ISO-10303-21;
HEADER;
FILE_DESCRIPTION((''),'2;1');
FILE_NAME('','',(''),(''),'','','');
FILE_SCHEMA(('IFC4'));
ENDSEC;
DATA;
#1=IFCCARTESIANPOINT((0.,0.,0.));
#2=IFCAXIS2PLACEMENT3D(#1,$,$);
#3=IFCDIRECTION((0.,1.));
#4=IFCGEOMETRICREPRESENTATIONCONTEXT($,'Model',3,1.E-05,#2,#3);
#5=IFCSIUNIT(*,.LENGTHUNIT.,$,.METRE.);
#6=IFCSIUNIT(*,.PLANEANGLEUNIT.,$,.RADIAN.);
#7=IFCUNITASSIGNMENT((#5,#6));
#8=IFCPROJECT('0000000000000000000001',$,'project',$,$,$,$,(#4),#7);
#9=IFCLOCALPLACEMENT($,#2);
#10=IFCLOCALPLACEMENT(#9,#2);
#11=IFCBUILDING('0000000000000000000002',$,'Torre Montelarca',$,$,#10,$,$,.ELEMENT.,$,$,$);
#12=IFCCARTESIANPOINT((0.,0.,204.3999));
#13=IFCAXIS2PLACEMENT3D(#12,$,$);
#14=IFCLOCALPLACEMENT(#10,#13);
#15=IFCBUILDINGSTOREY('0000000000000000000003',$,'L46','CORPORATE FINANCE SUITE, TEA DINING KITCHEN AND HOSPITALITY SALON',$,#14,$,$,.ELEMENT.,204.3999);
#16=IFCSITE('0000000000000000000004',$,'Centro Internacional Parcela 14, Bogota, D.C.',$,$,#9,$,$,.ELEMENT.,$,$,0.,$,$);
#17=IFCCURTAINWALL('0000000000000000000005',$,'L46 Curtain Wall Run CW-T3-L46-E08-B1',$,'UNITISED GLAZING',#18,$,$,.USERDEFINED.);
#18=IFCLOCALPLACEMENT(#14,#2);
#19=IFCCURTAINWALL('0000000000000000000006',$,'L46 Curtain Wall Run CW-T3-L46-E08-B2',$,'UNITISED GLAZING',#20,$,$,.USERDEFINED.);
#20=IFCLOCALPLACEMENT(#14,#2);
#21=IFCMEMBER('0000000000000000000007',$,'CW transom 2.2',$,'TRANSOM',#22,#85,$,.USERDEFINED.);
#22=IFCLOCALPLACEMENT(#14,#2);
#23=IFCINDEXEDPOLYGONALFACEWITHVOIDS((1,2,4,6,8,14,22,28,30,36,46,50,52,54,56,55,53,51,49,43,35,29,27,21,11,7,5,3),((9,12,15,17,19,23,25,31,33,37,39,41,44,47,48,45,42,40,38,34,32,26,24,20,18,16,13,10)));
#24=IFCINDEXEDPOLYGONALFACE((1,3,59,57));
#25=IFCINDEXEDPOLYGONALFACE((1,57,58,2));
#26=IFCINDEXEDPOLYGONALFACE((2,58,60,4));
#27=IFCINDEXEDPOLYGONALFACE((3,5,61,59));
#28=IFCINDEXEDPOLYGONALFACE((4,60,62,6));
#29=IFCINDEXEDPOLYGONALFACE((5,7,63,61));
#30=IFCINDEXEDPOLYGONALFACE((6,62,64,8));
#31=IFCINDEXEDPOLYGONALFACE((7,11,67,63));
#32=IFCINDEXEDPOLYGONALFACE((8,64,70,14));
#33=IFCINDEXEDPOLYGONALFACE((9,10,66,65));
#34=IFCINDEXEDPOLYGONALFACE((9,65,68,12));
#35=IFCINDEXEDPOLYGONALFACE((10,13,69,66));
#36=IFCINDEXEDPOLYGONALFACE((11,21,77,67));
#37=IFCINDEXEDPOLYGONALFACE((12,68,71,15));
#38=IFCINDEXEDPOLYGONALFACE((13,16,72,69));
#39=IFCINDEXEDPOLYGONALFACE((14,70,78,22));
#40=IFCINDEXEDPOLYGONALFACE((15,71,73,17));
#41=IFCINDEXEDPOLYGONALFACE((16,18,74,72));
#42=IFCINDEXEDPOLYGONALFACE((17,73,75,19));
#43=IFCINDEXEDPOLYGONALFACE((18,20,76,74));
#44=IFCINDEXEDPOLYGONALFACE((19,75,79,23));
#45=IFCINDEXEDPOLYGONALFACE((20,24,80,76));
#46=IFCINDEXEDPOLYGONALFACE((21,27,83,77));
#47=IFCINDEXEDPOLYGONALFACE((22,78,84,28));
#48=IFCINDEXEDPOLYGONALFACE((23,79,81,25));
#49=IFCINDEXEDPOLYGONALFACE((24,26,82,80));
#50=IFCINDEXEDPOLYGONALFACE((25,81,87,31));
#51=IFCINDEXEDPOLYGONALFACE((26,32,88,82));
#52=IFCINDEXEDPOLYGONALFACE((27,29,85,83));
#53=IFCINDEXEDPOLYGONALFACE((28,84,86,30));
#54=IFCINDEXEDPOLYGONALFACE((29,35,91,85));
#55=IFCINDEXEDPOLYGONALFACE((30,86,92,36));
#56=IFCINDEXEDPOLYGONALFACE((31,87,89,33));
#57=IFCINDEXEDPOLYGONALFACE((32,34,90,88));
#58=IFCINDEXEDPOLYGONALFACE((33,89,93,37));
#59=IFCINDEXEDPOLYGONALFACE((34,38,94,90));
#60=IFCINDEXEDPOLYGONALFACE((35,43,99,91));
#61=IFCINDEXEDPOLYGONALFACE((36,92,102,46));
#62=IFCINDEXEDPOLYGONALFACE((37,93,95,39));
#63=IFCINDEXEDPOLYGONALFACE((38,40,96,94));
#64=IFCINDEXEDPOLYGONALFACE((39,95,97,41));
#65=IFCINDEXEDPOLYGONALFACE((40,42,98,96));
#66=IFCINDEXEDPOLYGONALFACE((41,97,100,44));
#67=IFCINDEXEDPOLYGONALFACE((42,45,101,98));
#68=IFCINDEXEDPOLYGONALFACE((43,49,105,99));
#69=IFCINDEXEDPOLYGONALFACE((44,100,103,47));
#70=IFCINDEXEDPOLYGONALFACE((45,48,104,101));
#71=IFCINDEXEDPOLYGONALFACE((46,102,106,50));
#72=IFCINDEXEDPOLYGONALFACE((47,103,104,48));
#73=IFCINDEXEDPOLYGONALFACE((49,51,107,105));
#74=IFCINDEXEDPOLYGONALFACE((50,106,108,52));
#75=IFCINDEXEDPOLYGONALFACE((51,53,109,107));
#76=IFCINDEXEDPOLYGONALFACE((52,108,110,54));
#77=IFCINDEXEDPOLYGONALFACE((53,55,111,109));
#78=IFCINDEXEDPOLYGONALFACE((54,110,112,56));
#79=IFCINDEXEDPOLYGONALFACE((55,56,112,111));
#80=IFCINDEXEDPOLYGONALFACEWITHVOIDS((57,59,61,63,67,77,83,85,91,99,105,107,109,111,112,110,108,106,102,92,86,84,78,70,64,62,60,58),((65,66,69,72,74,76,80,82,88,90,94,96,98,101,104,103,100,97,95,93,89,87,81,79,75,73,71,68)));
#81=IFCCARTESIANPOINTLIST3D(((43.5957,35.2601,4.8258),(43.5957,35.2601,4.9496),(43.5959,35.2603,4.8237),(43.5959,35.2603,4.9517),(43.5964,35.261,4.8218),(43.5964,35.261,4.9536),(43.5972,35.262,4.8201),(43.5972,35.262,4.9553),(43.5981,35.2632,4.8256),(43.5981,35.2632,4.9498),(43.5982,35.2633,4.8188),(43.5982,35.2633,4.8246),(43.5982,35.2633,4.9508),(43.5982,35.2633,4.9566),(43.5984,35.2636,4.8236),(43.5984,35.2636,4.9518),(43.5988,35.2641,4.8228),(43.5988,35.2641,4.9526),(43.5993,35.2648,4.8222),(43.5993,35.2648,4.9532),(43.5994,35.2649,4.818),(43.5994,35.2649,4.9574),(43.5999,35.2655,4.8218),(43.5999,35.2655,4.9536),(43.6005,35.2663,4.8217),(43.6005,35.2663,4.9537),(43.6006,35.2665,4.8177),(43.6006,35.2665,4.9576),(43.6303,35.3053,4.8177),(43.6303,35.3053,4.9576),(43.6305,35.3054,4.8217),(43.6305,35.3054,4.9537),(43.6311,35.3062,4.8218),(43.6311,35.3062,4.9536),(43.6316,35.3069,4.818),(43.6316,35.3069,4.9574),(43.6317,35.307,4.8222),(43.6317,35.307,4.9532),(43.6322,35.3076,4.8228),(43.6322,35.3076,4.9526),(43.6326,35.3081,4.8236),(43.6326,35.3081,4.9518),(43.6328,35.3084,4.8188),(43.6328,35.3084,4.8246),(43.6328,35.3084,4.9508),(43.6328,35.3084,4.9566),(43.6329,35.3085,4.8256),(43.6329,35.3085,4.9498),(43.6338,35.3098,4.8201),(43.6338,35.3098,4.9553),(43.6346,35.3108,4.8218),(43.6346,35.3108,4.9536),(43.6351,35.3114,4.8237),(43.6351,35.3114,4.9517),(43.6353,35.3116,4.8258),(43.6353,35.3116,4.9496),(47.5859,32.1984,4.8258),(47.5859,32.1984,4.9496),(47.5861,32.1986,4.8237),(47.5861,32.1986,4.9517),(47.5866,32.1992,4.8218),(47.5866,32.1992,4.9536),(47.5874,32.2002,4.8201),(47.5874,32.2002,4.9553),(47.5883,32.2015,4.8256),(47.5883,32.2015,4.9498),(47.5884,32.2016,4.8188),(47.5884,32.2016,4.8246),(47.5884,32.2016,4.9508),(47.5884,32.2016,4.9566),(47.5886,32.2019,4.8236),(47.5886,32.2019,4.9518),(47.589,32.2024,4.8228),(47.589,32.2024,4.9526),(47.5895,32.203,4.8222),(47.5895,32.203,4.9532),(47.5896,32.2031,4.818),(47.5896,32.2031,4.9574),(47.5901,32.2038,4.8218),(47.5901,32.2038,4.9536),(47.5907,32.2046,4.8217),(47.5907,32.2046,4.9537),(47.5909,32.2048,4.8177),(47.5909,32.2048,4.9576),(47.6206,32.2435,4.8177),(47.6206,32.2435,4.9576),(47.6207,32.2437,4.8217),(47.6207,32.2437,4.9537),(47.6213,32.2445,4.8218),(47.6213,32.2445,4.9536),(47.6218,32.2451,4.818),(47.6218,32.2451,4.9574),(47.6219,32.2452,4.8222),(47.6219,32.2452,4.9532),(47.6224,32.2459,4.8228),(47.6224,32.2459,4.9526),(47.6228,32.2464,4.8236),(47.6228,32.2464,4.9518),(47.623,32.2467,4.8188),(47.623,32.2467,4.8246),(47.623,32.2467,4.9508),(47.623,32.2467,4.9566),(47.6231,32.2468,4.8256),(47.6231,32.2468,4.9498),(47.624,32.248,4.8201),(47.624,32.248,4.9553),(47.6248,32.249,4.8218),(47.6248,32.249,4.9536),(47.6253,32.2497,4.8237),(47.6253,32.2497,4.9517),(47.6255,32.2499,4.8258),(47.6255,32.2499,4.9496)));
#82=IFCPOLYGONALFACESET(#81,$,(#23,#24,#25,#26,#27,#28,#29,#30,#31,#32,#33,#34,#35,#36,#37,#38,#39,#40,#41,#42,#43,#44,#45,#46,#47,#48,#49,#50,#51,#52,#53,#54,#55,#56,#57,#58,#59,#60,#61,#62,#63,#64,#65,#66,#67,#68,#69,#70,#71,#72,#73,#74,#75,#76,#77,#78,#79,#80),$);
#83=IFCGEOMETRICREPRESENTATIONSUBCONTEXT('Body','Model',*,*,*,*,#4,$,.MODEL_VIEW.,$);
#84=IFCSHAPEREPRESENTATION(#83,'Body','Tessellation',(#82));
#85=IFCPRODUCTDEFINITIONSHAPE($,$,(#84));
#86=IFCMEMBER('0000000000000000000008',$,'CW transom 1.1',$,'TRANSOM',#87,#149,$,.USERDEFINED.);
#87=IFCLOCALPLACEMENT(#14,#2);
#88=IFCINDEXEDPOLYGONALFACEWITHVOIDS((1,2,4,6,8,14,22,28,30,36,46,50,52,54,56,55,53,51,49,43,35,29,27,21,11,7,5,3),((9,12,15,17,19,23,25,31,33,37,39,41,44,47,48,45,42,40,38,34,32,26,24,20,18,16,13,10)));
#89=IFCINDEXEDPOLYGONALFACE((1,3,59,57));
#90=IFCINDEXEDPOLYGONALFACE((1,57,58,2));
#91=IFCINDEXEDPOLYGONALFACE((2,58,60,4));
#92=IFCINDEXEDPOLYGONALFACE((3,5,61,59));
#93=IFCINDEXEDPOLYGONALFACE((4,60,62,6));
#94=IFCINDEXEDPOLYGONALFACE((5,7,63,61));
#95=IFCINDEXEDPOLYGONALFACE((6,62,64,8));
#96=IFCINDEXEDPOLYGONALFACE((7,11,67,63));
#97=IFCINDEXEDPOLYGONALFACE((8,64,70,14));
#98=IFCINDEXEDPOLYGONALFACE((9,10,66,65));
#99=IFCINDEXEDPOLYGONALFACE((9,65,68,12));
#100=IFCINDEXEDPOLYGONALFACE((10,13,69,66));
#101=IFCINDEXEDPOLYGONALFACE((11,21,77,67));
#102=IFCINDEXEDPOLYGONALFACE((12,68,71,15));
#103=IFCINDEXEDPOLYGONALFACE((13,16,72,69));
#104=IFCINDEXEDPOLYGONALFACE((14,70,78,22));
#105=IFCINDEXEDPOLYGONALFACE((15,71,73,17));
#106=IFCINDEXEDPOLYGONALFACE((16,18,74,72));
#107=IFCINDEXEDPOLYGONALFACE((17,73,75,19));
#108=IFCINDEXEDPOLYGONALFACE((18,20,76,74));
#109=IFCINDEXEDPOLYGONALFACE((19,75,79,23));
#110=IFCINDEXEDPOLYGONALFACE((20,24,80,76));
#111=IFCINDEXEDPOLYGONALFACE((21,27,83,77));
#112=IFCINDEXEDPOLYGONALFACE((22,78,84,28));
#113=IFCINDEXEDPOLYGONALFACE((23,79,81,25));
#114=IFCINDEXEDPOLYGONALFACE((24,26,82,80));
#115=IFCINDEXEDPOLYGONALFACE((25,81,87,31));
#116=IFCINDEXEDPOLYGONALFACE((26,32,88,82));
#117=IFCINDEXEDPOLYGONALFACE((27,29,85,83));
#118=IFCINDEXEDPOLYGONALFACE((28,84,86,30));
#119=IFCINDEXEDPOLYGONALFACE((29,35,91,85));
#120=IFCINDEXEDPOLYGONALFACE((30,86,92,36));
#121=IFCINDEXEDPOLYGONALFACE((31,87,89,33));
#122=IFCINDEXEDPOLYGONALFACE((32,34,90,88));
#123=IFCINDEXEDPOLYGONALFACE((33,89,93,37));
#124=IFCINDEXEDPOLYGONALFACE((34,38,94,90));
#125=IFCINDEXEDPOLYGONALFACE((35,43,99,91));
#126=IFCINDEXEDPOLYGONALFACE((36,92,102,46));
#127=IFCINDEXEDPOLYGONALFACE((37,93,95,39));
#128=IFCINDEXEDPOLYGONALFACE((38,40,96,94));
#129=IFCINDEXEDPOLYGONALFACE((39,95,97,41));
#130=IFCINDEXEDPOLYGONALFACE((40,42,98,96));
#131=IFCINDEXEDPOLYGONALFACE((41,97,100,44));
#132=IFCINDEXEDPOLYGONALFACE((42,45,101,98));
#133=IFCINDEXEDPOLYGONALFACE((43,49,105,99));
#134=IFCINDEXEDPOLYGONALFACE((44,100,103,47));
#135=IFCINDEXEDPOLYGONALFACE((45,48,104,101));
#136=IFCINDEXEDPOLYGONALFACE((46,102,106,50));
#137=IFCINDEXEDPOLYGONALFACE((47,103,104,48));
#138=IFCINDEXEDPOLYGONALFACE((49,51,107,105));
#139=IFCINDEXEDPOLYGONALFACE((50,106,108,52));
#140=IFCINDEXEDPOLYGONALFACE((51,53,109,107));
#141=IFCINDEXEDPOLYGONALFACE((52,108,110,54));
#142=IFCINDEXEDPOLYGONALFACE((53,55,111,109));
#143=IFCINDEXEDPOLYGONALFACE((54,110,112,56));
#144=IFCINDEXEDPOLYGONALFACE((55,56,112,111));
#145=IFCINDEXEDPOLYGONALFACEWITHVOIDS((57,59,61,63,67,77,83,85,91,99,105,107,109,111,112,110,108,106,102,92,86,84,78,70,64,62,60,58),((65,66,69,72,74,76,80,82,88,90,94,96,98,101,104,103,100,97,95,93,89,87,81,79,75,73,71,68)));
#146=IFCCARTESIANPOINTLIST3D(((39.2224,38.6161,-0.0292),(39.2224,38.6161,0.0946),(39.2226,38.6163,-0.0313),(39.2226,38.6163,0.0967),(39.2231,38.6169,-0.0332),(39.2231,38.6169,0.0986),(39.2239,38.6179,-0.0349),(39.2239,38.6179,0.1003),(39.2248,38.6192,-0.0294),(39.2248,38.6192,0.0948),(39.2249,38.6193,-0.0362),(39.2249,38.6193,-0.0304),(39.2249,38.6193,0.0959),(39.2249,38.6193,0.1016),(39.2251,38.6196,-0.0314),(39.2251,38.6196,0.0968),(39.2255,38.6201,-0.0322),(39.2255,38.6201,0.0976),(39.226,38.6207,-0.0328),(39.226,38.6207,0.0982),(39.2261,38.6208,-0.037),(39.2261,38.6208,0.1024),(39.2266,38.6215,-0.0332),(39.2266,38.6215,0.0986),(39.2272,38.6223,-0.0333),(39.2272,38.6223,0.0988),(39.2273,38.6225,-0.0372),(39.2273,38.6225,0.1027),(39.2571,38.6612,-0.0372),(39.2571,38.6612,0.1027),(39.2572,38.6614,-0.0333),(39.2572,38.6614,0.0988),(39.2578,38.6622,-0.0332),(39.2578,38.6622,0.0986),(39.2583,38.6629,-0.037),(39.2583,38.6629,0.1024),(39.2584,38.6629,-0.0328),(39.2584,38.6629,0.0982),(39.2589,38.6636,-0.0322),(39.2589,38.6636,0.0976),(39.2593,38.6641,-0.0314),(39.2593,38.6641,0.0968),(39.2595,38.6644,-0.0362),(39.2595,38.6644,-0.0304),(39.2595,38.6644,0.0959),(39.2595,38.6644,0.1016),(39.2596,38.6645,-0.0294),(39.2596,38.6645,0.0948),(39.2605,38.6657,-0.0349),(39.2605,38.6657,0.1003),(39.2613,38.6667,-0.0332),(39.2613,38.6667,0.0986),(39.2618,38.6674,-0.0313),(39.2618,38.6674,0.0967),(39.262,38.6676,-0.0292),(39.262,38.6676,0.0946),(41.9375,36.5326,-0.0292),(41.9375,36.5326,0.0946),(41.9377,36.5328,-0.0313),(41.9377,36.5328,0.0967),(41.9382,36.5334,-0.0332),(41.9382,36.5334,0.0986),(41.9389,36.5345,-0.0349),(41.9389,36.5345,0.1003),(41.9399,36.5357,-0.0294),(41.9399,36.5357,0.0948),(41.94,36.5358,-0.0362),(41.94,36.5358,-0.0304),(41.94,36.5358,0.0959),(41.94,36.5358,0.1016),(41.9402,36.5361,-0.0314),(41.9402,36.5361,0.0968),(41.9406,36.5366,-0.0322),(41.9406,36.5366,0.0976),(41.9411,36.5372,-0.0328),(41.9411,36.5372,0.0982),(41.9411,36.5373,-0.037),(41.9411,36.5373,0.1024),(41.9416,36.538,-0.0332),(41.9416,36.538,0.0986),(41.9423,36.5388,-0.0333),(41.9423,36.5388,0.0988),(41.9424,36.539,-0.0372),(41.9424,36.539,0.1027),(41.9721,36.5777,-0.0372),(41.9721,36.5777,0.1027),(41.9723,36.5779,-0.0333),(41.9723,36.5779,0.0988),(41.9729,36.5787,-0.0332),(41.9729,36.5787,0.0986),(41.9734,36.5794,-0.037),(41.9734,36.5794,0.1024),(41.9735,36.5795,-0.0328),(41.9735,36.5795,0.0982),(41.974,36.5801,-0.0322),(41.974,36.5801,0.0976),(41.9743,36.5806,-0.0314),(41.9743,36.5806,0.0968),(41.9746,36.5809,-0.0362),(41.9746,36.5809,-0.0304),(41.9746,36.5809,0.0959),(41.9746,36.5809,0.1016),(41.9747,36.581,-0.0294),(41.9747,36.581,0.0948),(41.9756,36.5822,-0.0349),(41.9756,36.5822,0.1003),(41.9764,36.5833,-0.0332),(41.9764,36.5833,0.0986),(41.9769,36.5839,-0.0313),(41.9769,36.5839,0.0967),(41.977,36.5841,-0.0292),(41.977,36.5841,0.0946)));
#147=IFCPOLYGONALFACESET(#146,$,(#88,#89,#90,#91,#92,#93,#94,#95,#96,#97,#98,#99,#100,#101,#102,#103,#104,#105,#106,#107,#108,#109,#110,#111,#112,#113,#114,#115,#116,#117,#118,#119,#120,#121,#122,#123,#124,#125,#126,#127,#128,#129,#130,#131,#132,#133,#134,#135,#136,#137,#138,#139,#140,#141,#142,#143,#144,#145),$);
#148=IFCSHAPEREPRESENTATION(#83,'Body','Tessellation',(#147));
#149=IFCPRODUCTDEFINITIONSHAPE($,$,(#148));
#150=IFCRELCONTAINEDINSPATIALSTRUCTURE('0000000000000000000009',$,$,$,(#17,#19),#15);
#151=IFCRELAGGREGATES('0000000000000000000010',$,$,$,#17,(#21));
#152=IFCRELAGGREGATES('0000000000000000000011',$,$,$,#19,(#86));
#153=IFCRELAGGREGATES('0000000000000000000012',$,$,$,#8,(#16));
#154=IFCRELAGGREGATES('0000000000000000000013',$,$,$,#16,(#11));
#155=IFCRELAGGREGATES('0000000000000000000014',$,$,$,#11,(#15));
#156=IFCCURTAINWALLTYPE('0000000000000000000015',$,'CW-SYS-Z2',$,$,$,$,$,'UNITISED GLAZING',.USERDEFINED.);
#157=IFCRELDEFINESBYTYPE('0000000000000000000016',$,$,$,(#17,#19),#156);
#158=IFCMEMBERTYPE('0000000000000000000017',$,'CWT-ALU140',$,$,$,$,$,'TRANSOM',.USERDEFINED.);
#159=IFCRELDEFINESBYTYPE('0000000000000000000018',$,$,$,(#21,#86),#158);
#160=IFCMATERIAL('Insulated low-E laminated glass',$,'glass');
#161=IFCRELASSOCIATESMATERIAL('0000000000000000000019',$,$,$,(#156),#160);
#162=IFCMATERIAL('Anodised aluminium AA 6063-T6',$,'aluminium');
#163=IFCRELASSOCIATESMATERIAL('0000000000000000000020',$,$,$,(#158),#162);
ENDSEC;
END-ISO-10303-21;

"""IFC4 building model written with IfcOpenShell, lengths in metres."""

from ifc_helpers import new_model, si_unit, direction, frame, origin, origin_2d, place, context, subcontext, project, spatial, hollow_rectangle, extrude, source, transform, mapped, material, material_profile, profile_set, type_object, element, aggregate, save


model = new_model("IFC4")

# Units and contexts
model_context = context("Model", 3, precision=1e-05, world=origin(), true_north=direction((0.0, 1.0)))
body_context = subcontext(model_context, "Body", "Model", "MODEL_VIEW")
ifc_project = project(units=[si_unit("LENGTHUNIT", "METRE"), si_unit("PLANEANGLEUNIT", "RADIAN")], contexts=[model_context])

# Site, building, storey
site_placement = place(None, origin())
site = spatial("IfcSite", under=ifc_project, at=site_placement, Name="Centro Internacional Parcela 14, Bogota, D.C.", CompositionType="ELEMENT", RefElevation=0.0)
building_placement = place(site_placement, origin())
building = spatial("IfcBuilding", under=site, at=building_placement, Name="Torre Montelarca", CompositionType="ELEMENT")
storey_placement = place(building_placement, frame((0.0, 0.0, 204.3999)))
storey = spatial("IfcBuildingStorey", under=building, at=storey_placement, Name="L46", Description="CORPORATE FINANCE SUITE, TEA DINING KITCHEN AND HOSPITALITY SALON", CompositionType="ELEMENT", Elevation=204.3999)

# Shared definitions
ifc_material_1 = material(Name="Insulated low-E laminated glass", Category="glass")
curtain_wall_type = type_object("IfcCurtainWallType", Name="CW-SYS-Z2", ElementType="UNITISED GLAZING", PredefinedType="USERDEFINED", material=ifc_material_1)
ifc_material_2 = material(Name="Anodised aluminium AA 6063-T6", Category="aluminium")

# Curtain walls
curtain_wall_1_placement = place(storey_placement, origin())
curtain_wall_1 = element("IfcCurtainWall", 1, at=curtain_wall_1_placement, inside=storey, type_object=curtain_wall_type, Name="L46 Curtain Wall Run CW-T3-L46-E08-B1", ObjectType="UNITISED GLAZING", PredefinedType="USERDEFINED")
curtain_wall_2_placement = place(storey_placement, origin())
curtain_wall_2 = element("IfcCurtainWall", 2, at=curtain_wall_2_placement, inside=storey, type_object=curtain_wall_type, Name="L46 Curtain Wall Run CW-T3-L46-E08-B2", ObjectType="UNITISED GLAZING", PredefinedType="USERDEFINED")

# Members
ifc_material_profile_1 = material_profile(ifc_material_2, hollow_rectangle(XDim=0.0649, YDim=0.1399, WallThickness=0.0039, InnerFilletRadius=0.0039, OuterFilletRadius=0.0081, at=origin_2d()), Name="ALU65X140X4", Category="aluminium")
ifc_profile_set_1 = profile_set([ifc_material_profile_1], Name="Anodised aluminium AA 6063-T6")
member_type_1 = type_object("IfcMemberType", Name="CWT-ALU140", ElementType="TRANSOM", PredefinedType="USERDEFINED", material=ifc_profile_set_1)
shared_shape_1 = source(origin(), body_context, "Body", "SweptSolid", [
    extrude(hollow_rectangle(XDim=0.0649, YDim=0.1399, WallThickness=0.0039, InnerFilletRadius=0.0039, OuterFilletRadius=0.0081, at=origin_2d()), origin(), (0.0, 0.0, 1.0), 5.0295),
])
member_1_placement = place(storey_placement, frame((47.6057, 32.2241, 4.8877), z_axis=(-0.793358, 0.608756, 0.0), x_axis=(-0.608756, -0.793358, 0.0)))
member_1 = element("IfcMember", 3, at=member_1_placement, type_object=member_type_1, Name="CW transom 2.2", ObjectType="TRANSOM", PredefinedType="USERDEFINED", context=body_context, shape_type="MappedRepresentation", body=[
    mapped(shared_shape_1, transform((0.0, 0.0, 0.0), scale=1.0)),
])
shared_shape_2 = source(origin(), body_context, "Body", "SweptSolid", [
    extrude(hollow_rectangle(XDim=0.0649, YDim=0.1399, WallThickness=0.0039, InnerFilletRadius=0.0039, OuterFilletRadius=0.0081, at=origin_2d()), origin(), (0.0, 0.0, 1.0), 3.4224),
])
member_2_placement = place(storey_placement, frame((41.9573, 36.5583, 0.0327), z_axis=(-0.793334, 0.608786, 0.0), x_axis=(-0.608786, -0.793334, 0.0)))
member_2 = element("IfcMember", 4, at=member_2_placement, type_object=member_type_1, Name="CW transom 1.1", ObjectType="TRANSOM", PredefinedType="USERDEFINED", context=body_context, shape_type="MappedRepresentation", body=[
    mapped(shared_shape_2, transform((0.0, 0.0, 0.0), scale=1.0)),
])

aggregate(curtain_wall_1, [member_1])
aggregate(curtain_wall_2, [member_2])

save(model, "model.ifc")
